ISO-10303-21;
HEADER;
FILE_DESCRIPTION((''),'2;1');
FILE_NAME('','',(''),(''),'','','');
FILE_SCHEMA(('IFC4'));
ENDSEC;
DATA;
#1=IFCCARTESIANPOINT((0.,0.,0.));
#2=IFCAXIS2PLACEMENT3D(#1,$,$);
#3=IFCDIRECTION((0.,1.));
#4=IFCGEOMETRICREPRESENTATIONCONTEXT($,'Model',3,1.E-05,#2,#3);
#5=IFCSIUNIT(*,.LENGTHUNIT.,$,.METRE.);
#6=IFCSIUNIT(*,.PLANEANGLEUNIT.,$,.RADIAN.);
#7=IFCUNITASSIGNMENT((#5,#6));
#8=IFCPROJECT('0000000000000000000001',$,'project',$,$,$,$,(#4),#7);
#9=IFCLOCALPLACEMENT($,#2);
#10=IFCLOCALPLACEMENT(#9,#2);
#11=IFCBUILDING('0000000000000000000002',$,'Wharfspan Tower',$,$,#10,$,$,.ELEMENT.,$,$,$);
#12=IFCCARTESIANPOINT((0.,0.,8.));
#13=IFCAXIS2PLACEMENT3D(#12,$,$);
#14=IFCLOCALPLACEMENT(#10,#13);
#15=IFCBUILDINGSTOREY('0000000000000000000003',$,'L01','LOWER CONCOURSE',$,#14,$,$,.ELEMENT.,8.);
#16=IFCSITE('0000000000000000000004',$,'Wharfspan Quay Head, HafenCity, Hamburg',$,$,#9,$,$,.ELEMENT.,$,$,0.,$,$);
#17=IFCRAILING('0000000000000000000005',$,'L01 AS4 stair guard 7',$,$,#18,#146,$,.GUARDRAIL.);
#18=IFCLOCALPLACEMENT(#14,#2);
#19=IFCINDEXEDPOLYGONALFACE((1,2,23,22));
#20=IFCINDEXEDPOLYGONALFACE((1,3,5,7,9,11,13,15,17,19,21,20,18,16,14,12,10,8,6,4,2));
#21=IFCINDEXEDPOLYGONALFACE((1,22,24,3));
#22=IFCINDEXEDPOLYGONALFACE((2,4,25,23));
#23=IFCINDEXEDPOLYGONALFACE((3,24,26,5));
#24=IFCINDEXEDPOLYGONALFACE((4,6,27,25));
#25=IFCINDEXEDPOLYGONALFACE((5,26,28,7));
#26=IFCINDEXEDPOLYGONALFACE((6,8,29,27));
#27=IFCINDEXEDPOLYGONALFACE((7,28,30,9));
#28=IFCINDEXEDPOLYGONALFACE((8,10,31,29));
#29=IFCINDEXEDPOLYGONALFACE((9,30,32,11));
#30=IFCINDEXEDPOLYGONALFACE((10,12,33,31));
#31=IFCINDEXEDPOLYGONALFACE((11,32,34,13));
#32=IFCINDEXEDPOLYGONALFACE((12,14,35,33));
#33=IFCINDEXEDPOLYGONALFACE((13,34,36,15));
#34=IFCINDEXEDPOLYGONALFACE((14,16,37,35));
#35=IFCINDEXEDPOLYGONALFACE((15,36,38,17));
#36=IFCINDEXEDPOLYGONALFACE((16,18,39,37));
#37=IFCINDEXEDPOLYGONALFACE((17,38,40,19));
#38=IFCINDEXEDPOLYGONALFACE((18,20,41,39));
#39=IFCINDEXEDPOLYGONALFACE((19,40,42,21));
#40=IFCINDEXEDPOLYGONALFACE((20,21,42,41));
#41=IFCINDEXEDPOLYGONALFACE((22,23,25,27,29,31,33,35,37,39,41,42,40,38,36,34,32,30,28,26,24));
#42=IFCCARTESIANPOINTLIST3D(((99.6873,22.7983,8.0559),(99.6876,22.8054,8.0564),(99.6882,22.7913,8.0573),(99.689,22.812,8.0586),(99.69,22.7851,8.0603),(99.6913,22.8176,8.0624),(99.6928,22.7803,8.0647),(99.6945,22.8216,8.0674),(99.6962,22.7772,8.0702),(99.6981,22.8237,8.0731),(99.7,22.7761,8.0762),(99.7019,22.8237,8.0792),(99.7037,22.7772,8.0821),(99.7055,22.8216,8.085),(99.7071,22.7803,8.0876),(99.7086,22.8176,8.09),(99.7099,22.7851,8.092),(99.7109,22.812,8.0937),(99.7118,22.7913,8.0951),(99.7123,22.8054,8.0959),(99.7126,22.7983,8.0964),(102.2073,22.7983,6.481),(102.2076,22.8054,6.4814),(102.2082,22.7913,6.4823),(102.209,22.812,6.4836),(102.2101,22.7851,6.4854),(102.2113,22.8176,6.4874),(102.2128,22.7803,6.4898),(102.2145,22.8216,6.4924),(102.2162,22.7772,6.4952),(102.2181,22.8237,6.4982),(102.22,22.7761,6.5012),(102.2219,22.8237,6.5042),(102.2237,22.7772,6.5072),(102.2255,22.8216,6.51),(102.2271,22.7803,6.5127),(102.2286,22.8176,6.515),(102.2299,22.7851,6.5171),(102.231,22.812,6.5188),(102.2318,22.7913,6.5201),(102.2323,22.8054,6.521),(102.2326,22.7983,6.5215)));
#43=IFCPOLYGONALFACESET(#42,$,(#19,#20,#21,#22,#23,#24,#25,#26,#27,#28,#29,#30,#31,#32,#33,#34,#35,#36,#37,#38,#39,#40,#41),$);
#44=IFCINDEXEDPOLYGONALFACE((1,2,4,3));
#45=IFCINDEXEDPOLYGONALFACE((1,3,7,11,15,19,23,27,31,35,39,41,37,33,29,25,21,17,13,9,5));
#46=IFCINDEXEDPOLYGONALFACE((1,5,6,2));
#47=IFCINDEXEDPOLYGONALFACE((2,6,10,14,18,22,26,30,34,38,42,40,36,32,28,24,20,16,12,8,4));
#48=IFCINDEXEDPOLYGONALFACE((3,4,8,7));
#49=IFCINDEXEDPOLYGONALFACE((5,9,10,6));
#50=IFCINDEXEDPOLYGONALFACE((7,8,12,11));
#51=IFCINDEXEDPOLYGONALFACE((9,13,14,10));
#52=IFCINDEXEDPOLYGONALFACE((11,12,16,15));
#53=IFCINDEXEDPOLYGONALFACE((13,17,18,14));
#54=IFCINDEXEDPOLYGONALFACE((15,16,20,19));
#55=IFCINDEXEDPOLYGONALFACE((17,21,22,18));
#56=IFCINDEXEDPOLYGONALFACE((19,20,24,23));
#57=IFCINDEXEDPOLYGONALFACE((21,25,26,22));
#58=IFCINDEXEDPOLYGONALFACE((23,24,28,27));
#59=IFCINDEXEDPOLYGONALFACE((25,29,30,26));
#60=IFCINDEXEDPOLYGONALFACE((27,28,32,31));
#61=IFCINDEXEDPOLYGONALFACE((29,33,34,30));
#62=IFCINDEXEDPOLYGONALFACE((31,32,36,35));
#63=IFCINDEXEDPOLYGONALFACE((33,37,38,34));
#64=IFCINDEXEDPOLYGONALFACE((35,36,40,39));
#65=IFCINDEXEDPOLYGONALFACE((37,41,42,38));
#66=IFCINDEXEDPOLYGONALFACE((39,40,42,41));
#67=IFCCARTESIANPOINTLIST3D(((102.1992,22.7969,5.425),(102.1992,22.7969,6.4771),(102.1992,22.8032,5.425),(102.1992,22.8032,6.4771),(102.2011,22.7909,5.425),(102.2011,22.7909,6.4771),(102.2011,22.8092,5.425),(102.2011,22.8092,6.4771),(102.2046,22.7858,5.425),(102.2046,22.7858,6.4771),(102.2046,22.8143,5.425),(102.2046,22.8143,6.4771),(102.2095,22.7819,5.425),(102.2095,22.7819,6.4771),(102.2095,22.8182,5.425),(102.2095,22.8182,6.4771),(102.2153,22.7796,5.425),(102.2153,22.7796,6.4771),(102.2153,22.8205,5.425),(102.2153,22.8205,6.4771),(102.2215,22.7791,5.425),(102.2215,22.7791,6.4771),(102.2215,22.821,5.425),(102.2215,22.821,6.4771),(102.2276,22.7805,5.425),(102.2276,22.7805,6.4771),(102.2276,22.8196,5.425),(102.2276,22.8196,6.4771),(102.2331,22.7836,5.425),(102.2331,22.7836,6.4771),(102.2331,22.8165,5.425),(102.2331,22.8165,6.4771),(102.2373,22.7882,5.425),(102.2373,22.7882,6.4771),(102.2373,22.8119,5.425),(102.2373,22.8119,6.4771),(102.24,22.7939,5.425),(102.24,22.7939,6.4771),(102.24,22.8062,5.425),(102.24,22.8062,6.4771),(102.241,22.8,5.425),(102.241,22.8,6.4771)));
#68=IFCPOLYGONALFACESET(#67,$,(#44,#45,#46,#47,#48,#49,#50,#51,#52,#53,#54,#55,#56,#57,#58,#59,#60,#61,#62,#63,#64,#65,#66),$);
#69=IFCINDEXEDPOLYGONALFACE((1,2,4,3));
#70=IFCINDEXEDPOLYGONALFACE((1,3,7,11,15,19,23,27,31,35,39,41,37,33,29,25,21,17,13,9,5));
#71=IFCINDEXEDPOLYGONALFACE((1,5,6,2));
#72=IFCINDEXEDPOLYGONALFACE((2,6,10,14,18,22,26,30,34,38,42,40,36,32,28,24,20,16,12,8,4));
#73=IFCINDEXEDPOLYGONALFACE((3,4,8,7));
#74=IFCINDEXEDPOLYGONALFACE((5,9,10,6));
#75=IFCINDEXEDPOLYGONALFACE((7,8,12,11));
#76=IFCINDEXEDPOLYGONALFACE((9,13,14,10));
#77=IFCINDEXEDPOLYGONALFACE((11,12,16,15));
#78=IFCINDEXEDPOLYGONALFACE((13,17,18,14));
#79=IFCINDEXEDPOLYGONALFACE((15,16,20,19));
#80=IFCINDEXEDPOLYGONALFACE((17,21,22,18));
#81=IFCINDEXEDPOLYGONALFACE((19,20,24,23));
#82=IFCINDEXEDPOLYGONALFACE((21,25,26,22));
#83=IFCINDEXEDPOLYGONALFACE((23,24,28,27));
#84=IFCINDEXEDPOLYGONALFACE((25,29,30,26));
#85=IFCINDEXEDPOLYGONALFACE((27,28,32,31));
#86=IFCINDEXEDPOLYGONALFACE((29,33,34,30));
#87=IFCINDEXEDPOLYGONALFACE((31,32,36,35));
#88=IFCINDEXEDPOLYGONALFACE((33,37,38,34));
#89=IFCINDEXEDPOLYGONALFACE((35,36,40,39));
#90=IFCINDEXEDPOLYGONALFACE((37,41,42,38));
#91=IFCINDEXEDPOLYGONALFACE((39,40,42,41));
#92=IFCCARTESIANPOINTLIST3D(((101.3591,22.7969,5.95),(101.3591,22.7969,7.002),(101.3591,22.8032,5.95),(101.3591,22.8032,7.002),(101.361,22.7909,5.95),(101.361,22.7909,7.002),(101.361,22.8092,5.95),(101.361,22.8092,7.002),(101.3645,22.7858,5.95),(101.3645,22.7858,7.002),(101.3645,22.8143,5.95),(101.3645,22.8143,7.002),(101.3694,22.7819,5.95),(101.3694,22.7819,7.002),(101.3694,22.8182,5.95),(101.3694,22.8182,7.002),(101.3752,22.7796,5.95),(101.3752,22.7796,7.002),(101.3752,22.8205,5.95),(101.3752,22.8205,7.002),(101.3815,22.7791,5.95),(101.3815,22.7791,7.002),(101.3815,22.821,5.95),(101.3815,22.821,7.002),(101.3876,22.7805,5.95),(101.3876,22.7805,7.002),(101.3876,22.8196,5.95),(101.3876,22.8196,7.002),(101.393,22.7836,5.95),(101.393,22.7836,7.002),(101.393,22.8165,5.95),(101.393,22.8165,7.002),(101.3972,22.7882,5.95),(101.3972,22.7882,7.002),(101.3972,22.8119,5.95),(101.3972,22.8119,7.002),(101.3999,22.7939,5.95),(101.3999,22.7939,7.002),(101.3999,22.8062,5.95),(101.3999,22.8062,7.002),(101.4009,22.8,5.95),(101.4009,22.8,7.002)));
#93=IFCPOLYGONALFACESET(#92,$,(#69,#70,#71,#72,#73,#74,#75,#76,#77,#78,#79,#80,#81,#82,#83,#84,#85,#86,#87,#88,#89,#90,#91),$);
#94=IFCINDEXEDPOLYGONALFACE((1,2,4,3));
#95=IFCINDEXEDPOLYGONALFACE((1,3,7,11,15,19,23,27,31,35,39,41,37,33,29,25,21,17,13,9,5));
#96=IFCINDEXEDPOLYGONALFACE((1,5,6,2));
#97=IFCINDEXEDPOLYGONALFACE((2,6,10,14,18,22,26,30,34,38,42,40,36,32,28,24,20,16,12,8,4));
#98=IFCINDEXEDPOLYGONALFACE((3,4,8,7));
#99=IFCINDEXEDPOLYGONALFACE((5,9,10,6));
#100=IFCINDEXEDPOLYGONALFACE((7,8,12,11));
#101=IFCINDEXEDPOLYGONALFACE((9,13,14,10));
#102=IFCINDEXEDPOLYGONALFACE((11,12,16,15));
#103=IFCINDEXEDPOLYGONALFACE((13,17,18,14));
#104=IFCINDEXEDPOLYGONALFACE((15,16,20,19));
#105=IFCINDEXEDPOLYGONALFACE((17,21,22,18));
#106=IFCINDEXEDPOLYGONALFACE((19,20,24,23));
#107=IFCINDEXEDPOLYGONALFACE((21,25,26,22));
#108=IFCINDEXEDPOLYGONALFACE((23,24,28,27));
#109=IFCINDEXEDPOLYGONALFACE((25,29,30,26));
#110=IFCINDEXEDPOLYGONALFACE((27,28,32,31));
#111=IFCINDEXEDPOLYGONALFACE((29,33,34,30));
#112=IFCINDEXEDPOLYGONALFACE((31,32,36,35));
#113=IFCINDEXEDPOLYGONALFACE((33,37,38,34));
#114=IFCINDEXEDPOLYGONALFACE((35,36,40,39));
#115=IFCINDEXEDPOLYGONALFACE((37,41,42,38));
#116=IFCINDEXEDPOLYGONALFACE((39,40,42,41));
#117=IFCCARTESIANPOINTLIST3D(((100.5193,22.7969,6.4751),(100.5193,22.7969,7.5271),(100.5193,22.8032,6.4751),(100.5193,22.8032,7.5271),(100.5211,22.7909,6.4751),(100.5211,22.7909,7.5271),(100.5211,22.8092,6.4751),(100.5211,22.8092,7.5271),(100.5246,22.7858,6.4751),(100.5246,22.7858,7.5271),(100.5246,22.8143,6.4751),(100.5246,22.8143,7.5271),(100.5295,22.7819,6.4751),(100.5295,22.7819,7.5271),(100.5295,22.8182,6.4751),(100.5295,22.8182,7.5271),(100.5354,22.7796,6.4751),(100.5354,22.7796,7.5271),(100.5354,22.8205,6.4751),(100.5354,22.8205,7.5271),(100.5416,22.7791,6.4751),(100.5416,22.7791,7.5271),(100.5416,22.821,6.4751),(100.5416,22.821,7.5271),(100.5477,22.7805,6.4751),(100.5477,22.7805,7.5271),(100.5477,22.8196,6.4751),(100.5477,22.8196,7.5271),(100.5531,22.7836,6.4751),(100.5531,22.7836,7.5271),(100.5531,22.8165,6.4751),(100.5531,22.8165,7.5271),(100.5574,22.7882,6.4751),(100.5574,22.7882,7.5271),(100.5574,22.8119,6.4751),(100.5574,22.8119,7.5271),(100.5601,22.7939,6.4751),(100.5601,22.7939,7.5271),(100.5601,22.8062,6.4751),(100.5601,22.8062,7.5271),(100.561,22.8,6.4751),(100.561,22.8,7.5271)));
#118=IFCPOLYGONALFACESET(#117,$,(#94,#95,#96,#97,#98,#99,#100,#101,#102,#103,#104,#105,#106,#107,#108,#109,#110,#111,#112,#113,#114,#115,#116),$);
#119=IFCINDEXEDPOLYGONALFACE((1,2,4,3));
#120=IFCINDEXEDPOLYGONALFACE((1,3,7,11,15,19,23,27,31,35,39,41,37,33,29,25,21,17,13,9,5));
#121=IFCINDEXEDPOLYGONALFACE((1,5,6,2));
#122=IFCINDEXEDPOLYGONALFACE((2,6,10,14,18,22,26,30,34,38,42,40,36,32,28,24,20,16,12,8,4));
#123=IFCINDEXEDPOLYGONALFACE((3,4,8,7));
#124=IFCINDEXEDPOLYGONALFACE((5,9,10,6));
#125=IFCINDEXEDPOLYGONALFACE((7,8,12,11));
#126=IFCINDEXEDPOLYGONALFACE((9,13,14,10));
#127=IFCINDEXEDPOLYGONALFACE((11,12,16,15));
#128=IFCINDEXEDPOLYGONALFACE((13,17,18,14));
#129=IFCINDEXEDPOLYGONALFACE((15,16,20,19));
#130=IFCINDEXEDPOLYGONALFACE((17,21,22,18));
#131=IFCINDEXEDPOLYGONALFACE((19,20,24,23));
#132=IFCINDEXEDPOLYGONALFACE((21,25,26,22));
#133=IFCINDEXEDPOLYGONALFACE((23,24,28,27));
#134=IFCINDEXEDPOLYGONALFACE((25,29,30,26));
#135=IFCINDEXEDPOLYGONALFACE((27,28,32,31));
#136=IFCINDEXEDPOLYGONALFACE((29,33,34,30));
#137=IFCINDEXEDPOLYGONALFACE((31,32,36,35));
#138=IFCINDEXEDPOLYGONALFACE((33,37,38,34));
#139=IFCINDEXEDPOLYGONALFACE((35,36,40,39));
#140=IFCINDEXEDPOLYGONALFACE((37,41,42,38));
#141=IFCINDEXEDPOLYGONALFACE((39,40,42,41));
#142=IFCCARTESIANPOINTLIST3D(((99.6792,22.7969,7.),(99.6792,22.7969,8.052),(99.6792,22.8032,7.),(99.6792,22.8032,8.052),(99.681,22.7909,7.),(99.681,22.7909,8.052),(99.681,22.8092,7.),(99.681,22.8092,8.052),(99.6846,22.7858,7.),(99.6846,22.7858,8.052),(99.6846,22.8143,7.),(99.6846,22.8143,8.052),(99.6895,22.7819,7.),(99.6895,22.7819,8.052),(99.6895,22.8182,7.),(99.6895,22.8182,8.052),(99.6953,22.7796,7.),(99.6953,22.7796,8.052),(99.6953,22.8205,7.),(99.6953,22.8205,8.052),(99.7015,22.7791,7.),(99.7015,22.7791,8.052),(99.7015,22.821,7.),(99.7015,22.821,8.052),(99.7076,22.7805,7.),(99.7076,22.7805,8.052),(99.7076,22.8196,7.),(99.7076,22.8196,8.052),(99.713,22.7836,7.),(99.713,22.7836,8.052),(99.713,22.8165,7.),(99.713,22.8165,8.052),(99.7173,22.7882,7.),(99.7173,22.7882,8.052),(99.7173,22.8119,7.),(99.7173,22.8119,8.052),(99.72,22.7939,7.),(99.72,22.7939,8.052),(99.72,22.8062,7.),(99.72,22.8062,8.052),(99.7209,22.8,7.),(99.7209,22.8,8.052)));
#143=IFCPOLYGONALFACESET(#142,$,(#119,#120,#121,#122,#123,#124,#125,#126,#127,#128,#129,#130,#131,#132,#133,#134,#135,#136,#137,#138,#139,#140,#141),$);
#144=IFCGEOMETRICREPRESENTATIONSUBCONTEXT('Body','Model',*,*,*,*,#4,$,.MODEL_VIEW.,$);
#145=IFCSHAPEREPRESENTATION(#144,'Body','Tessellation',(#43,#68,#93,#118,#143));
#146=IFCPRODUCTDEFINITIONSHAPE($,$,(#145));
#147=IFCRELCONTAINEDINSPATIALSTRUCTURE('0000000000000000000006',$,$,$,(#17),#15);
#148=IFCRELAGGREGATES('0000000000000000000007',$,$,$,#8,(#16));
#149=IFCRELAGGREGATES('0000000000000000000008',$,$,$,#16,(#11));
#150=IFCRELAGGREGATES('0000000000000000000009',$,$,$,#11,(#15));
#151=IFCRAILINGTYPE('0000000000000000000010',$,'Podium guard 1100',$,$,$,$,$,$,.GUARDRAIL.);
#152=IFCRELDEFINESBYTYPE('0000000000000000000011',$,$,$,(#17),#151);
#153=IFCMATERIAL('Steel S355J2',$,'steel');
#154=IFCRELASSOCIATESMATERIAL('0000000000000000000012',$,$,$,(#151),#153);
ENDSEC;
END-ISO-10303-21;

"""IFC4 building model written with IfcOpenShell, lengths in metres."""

from ifc_helpers import new_model, si_unit, direction, frame, origin, origin_2d, place, context, subcontext, project, spatial, circle, extrude, material, type_object, element, save


model = new_model("IFC4")

# Units and contexts
model_context = context("Model", 3, precision=1e-05, world=origin(), true_north=direction((0.0, 1.0)))
body_context = subcontext(model_context, "Body", "Model", "MODEL_VIEW")
ifc_project = project(units=[si_unit("LENGTHUNIT", "METRE"), si_unit("PLANEANGLEUNIT", "RADIAN")], contexts=[model_context])

# Site, building, storey
site_placement = place(None, origin())
site = spatial("IfcSite", under=ifc_project, at=site_placement, Name="Wharfspan Quay Head, HafenCity, Hamburg", CompositionType="ELEMENT", RefElevation=0.0)
building_placement = place(site_placement, origin())
building = spatial("IfcBuilding", under=site, at=building_placement, Name="Wharfspan Tower", CompositionType="ELEMENT")
storey_placement = place(building_placement, frame((0.0, 0.0, 8.0)))
storey = spatial("IfcBuildingStorey", under=building, at=storey_placement, Name="L01", Description="LOWER CONCOURSE", CompositionType="ELEMENT", Elevation=8.0)

# Railing
ifc_material_1 = material(Name="Steel S355J2", Category="steel")
railing_type_1 = type_object("IfcRailingType", Name="Podium guard 1100", PredefinedType="GUARDRAIL", material=ifc_material_1)
railing_1_placement = place(storey_placement, frame((102.22, 22.8, 5.425)))
element("IfcRailing", 1, at=railing_1_placement, inside=storey, type_object=railing_type_1, Name="L01 AS4 stair guard 7", PredefinedType="GUARDRAIL", context=body_context, shape_type="SweptSolid", body=[
    extrude(circle(Radius=0.0239, at=origin_2d()), frame((0.0, 0.0, 1.0762), z_axis=(-0.848008, 0.0, 0.529984), x_axis=(0.0, -1.0, 0.0)), (0.0, 0.0, 1.0), 2.9717),
    extrude(circle(Radius=0.021, at=origin_2d()), origin(), (0.0, 0.0, 1.0), 1.052),
    extrude(circle(Radius=0.021, at=origin_2d()), frame((-0.8401, 0.0, 0.5249)), (0.0, 0.0, 1.0), 1.052),
    extrude(circle(Radius=0.021, at=origin_2d()), frame((-1.6799, 0.0, 1.05)), (0.0, 0.0, 1.0), 1.052),
    extrude(circle(Radius=0.021, at=origin_2d()), frame((-2.52, 0.0, 1.575)), (0.0, 0.0, 1.0), 1.052),
])

save(model, "model.ifc")
